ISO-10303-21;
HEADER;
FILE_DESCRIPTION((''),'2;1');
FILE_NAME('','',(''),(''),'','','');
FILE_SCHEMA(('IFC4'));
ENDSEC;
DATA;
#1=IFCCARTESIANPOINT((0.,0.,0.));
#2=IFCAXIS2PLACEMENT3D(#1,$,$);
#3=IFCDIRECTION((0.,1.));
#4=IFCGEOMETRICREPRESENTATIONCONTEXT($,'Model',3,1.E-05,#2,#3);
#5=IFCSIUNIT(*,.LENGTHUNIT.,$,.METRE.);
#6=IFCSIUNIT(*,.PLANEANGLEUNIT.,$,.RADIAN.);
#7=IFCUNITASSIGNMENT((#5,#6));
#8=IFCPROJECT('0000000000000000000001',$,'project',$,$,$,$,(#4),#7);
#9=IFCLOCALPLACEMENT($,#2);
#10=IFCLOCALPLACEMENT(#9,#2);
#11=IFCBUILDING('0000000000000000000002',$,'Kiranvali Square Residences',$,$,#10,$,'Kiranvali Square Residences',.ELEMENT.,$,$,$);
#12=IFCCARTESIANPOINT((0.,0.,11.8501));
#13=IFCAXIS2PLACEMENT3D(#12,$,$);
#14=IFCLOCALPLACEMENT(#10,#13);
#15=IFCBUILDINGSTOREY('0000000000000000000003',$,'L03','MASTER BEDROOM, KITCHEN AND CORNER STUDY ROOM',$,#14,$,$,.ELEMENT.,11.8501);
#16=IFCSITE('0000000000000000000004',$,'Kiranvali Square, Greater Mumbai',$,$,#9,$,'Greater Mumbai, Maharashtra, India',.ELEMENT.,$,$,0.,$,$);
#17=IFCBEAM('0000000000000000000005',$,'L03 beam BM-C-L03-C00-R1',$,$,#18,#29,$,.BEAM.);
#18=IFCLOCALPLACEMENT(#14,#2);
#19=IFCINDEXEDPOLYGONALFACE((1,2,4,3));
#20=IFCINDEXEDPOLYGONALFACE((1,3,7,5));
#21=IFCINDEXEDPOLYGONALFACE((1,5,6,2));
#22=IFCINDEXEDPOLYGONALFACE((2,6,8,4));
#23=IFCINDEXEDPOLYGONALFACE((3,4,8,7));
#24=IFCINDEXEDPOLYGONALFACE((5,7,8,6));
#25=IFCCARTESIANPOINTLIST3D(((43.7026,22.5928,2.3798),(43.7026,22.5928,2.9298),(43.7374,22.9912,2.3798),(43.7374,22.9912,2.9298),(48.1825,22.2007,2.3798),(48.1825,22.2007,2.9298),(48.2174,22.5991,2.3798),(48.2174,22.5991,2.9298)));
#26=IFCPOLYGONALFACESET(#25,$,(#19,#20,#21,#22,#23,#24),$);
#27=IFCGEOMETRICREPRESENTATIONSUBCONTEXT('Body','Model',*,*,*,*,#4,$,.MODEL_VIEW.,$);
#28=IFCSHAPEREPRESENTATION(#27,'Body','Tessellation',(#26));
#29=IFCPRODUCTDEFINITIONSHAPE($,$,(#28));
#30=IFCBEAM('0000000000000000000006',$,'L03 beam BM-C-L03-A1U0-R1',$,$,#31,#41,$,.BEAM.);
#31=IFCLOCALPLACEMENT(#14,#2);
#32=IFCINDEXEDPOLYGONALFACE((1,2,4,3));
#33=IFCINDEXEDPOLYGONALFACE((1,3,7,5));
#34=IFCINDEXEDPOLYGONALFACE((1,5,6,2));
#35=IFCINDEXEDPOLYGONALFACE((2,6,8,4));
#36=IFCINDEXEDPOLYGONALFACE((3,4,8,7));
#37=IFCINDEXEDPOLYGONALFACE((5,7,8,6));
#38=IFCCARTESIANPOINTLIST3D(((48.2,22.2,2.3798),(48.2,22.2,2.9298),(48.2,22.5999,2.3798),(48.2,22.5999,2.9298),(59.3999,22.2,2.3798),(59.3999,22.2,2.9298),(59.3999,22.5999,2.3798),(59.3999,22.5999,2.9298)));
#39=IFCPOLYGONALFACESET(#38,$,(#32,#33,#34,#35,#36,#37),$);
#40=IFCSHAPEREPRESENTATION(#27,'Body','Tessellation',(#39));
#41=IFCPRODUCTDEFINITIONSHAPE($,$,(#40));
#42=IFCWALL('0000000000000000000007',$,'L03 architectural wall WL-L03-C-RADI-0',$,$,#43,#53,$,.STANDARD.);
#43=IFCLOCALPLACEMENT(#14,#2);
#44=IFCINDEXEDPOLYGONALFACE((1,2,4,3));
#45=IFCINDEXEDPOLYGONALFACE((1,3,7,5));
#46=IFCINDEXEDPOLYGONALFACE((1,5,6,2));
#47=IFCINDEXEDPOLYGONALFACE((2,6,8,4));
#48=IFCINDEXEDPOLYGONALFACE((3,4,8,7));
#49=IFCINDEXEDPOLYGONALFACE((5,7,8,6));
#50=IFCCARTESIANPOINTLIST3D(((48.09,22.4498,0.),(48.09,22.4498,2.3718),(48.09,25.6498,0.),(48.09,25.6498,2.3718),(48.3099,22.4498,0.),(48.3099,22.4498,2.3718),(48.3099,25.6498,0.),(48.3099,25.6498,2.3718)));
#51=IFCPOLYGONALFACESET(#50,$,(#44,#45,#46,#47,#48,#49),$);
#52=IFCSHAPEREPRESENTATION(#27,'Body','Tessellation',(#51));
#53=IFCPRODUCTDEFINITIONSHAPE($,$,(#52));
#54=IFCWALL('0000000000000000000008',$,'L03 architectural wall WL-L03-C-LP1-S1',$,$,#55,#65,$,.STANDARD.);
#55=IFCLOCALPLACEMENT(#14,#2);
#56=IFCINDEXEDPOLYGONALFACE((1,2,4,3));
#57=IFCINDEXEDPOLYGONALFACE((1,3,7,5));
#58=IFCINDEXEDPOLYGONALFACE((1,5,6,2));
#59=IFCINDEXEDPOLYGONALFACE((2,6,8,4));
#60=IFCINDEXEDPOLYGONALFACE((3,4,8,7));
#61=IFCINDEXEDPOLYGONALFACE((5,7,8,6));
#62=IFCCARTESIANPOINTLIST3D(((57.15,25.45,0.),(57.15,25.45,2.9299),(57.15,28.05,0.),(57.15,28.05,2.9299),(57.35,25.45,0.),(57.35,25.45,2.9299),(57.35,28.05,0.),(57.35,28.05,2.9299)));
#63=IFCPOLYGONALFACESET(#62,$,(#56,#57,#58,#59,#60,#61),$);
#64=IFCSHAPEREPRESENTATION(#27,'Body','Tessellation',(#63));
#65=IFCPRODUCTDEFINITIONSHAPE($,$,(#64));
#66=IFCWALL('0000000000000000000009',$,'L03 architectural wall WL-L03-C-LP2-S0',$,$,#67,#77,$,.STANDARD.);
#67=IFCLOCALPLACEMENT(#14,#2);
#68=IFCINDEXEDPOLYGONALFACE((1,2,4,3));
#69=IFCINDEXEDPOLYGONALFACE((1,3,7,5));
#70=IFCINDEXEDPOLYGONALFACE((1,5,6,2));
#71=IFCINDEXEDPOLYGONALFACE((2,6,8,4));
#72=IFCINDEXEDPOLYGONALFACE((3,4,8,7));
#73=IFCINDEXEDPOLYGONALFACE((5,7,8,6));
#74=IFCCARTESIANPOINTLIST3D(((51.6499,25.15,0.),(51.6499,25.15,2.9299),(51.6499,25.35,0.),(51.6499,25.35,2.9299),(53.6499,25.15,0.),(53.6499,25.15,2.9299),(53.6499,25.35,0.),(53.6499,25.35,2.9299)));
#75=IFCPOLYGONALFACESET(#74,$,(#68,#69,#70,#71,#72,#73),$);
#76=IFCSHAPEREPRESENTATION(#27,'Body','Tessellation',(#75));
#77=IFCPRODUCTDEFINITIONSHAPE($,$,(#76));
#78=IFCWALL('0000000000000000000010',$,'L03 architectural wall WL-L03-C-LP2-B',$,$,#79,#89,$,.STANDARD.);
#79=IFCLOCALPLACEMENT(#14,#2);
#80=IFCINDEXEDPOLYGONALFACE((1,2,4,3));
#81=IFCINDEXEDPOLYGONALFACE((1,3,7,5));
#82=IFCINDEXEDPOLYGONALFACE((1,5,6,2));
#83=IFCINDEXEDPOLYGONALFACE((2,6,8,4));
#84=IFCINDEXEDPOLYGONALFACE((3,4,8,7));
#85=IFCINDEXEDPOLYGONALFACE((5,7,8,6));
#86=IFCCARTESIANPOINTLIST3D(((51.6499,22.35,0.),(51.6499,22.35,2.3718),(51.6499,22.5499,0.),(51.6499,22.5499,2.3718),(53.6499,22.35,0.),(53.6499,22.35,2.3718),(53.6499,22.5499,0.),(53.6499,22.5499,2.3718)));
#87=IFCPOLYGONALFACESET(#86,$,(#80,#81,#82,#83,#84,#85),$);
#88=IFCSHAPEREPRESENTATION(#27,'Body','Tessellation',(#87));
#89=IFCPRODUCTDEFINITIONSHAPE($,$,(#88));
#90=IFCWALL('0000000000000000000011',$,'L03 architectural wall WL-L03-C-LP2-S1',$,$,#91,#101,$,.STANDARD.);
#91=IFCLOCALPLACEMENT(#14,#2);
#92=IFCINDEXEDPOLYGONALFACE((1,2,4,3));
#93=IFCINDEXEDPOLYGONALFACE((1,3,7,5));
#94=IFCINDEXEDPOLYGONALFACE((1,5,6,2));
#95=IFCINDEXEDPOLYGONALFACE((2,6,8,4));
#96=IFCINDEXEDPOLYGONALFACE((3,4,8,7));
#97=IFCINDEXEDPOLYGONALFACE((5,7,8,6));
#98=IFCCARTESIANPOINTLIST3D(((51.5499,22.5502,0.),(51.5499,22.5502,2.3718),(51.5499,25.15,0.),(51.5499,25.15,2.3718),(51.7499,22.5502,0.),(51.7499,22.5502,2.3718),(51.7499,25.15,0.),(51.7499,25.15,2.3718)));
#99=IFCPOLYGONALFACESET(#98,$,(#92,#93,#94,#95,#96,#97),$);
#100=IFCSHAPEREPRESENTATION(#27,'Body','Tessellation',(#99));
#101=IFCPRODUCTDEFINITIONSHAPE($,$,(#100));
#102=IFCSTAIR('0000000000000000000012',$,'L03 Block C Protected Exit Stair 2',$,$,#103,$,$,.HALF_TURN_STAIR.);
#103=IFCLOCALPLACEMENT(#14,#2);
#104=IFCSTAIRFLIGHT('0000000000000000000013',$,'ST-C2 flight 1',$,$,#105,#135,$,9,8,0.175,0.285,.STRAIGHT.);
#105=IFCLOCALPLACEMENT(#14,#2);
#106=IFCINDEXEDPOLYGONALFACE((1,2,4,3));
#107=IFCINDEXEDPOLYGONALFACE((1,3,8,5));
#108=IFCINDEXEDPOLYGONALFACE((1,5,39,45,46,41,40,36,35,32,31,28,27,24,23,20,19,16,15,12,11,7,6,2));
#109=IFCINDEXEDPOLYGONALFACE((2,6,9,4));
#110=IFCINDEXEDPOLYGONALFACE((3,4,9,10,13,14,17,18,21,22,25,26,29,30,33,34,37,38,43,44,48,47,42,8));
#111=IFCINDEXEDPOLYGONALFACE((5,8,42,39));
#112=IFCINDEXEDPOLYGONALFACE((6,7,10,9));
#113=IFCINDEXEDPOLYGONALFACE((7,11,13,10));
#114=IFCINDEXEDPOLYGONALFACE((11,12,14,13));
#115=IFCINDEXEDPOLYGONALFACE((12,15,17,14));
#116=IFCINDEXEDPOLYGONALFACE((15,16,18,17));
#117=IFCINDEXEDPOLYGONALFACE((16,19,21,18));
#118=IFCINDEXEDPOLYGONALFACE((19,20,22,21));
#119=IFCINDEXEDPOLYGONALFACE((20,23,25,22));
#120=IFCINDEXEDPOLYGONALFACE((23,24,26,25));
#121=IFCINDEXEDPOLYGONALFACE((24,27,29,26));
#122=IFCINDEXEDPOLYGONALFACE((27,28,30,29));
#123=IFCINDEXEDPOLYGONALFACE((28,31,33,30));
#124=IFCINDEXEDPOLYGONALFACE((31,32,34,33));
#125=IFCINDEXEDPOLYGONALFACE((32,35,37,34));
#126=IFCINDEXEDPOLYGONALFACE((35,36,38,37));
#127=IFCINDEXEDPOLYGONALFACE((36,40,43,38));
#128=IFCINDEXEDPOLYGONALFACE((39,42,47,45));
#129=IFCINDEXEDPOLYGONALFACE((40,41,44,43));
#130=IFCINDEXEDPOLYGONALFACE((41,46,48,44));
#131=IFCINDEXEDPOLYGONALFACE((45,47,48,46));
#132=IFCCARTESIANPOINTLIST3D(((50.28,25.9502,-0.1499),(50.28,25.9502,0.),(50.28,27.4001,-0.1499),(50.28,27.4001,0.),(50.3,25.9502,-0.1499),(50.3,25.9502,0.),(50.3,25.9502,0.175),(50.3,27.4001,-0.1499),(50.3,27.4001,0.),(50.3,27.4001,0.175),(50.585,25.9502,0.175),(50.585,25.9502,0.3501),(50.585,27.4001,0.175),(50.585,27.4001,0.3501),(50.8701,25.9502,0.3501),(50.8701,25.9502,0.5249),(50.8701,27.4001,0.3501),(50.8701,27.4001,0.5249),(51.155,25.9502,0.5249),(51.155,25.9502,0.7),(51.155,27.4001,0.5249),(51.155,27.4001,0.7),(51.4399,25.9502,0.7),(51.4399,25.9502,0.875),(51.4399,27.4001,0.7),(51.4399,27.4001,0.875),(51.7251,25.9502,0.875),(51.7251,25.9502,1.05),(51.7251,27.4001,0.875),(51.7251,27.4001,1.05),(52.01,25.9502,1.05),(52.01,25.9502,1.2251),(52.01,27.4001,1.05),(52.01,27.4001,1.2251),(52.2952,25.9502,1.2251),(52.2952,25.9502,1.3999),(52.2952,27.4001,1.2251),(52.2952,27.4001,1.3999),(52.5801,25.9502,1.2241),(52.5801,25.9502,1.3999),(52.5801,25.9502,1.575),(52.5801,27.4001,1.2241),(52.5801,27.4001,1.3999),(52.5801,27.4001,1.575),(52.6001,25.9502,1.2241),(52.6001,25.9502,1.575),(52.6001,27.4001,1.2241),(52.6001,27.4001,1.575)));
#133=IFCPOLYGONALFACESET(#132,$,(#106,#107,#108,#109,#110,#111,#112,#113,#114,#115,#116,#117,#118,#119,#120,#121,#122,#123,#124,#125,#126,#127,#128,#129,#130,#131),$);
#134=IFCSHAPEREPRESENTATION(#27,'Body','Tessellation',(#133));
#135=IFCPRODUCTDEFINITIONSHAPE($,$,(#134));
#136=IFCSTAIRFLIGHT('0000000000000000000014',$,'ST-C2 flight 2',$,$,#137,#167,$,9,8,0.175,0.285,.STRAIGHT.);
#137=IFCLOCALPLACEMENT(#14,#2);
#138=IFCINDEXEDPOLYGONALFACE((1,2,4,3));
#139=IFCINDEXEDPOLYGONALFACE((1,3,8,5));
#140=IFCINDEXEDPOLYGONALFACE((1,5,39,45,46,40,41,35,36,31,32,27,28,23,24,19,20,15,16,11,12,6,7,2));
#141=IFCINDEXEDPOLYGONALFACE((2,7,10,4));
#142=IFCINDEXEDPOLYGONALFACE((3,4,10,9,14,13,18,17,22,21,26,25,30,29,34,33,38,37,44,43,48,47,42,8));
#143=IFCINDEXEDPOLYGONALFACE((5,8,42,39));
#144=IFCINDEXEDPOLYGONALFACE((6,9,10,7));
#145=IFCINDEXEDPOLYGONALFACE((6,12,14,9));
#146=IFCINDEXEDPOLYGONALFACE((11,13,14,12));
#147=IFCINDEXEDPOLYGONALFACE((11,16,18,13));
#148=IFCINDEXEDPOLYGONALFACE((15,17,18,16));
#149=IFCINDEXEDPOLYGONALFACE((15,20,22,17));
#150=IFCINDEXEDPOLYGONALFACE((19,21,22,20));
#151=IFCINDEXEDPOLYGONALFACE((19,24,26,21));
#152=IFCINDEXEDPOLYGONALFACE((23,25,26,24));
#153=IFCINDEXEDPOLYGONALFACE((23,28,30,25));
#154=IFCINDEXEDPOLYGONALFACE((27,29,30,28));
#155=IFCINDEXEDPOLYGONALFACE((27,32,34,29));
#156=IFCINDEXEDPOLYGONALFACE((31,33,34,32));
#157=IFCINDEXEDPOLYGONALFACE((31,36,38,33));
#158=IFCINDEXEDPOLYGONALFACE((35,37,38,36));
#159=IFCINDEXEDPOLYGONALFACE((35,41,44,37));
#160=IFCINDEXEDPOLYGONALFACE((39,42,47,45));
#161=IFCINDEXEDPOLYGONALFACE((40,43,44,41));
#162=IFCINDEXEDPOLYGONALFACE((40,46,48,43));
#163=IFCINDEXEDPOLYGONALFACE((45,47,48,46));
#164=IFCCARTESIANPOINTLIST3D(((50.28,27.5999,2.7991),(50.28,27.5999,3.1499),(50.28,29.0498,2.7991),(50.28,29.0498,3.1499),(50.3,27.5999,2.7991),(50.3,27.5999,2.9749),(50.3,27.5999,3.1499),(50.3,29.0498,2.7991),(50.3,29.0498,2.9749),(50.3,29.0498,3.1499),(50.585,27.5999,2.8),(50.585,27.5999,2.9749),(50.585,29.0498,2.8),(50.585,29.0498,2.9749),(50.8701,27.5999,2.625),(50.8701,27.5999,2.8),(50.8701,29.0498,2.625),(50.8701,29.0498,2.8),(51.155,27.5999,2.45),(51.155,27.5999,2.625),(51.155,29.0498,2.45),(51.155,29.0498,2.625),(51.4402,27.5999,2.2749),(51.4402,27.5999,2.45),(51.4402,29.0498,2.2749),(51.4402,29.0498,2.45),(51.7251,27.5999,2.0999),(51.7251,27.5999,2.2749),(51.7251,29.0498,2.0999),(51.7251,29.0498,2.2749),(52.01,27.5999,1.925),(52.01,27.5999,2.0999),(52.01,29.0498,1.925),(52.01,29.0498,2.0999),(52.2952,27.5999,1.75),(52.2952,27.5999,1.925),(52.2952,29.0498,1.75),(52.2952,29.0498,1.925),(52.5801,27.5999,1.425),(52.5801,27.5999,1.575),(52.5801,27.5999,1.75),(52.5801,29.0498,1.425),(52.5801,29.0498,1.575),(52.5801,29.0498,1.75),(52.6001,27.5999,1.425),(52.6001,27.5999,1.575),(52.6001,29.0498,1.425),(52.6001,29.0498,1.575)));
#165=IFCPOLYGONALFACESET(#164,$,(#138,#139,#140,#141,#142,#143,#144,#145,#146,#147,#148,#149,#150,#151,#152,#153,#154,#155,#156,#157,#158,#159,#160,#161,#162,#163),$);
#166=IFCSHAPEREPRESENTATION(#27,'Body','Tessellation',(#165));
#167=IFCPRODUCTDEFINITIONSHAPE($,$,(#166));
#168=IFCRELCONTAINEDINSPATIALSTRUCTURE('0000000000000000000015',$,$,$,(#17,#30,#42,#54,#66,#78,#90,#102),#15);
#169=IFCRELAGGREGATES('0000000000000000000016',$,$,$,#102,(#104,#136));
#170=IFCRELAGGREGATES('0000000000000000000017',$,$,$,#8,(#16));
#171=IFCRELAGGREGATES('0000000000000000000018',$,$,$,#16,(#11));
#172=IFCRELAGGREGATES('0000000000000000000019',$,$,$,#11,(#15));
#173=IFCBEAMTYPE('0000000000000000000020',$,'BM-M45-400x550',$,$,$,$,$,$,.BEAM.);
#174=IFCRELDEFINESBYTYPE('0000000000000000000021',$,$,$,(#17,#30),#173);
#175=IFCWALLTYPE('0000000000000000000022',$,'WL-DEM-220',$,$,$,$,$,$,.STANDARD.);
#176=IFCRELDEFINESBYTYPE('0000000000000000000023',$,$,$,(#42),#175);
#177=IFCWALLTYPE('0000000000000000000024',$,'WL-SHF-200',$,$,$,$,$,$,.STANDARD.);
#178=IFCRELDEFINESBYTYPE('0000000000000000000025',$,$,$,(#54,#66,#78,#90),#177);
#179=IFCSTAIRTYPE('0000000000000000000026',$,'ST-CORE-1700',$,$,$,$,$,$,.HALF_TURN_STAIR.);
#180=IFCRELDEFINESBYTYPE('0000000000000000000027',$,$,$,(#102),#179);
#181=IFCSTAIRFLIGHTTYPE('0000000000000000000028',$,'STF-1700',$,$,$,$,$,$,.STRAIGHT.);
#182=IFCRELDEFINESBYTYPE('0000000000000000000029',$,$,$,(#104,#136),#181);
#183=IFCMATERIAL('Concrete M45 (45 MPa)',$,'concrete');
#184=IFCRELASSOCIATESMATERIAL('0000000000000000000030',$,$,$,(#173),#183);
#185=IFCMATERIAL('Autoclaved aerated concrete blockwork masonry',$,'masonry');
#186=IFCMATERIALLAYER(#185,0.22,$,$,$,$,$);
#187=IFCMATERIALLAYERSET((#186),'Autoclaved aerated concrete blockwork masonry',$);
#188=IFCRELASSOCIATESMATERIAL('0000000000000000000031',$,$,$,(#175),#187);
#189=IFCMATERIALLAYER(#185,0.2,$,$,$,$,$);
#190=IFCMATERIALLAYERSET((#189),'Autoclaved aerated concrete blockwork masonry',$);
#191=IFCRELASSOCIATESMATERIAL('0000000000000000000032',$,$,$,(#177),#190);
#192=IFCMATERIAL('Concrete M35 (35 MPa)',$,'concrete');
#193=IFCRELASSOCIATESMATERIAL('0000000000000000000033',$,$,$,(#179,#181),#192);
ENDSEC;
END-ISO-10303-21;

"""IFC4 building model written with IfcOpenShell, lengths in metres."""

from ifc_helpers import new_model, si_unit, direction, frame, frame_2d, origin, origin_2d, place, context, subcontext, project, spatial, polyline, rectangle, outline, extrude, material, layer, layer_set, material_profile, profile_set, type_object, element, aggregate, save


model = new_model("IFC4")

# Units and contexts
model_context = context("Model", 3, precision=1e-05, world=origin(), true_north=direction((0.0, 1.0)))
body_context = subcontext(model_context, "Body", "Model", "MODEL_VIEW")
ifc_project = project(units=[si_unit("LENGTHUNIT", "METRE"), si_unit("PLANEANGLEUNIT", "RADIAN")], contexts=[model_context])

# Site, building, storey
site_placement = place(None, origin())
site = spatial("IfcSite", under=ifc_project, at=site_placement, Name="Kiranvali Square, Greater Mumbai", LongName="Greater Mumbai, Maharashtra, India", CompositionType="ELEMENT", RefElevation=0.0)
building_placement = place(site_placement, origin())
building = spatial("IfcBuilding", under=site, at=building_placement, Name="Kiranvali Square Residences", LongName="Kiranvali Square Residences", CompositionType="ELEMENT")
storey_placement = place(building_placement, frame((0.0, 0.0, 11.8501)))
storey = spatial("IfcBuildingStorey", under=building, at=storey_placement, Name="L03", Description="MASTER BEDROOM, KITCHEN AND CORNER STUDY ROOM", CompositionType="ELEMENT", Elevation=11.8501)

# Beams
ifc_material_1 = material(Name="Concrete M45 (45 MPa)", Category="concrete")
ifc_material_profile = material_profile(ifc_material_1, rectangle(XDim=0.3999, YDim=0.55, at=origin_2d()), Name="RC 400x550")
ifc_profile_set = profile_set([ifc_material_profile], Name="Concrete M45 (45 MPa)")
beam_type = type_object("IfcBeamType", Name="BM-M45-400x550", PredefinedType="BEAM", material=ifc_profile_set)
beam_1_placement = place(storey_placement, frame((48.2, 22.3999, 2.6548), z_axis=(-0.996192, 0.087187, 0.0), x_axis=(-0.087187, -0.996192, 0.0)))
element("IfcBeam", 1, at=beam_1_placement, inside=storey, type_object=beam_type, Name="L03 beam BM-C-L03-C00-R1", PredefinedType="BEAM", context=body_context, shape_type="SweptSolid", body=[
    extrude(rectangle(XDim=0.3999, YDim=0.55, at=origin_2d()), origin(), (0.0, 0.0, 1.0), 4.4971),
])
beam_2_placement = place(storey_placement, frame((48.2, 22.3999, 2.6548), z_axis=(1.0, 0.0, 0.0), x_axis=(0.0, 1.0, 0.0)))
element("IfcBeam", 2, at=beam_2_placement, inside=storey, type_object=beam_type, Name="L03 beam BM-C-L03-A1U0-R1", PredefinedType="BEAM", context=body_context, shape_type="SweptSolid", body=[
    extrude(rectangle(XDim=0.3999, YDim=0.55, at=origin_2d()), origin(), (0.0, 0.0, 1.0), 11.2),
])

# Shared definitions
ifc_material_2 = material(Name="Autoclaved aerated concrete blockwork masonry", Category="masonry")

# Walls
ifc_layer_1 = layer(ifc_material_2, 0.22)
ifc_layer_set_1 = layer_set([ifc_layer_1], Name="Autoclaved aerated concrete blockwork masonry")
wall_type_1 = type_object("IfcWallType", Name="WL-DEM-220", PredefinedType="STANDARD", material=ifc_layer_set_1)
wall_1_placement = place(storey_placement, frame((48.2, 25.6499, 0.0), z_axis=(0.0, 0.0, 1.0), x_axis=(0.0, -1.0, 0.0)))
element("IfcWall", 3, at=wall_1_placement, inside=storey, type_object=wall_type_1, Name="L03 architectural wall WL-L03-C-RADI-0", PredefinedType="STANDARD", context=body_context, shape_type="SweptSolid", body=[
    extrude(rectangle(XDim=3.2, YDim=0.22, at=frame_2d((1.6001, 0.0))), origin(), (0.0, 0.0, 1.0), 2.3718),
])
ifc_layer_2 = layer(ifc_material_2, 0.2)
ifc_layer_set_2 = layer_set([ifc_layer_2], Name="Autoclaved aerated concrete blockwork masonry")
wall_type_2 = type_object("IfcWallType", Name="WL-SHF-200", PredefinedType="STANDARD", material=ifc_layer_set_2)
wall_2_placement = place(storey_placement, frame((57.25, 28.05, 0.0), z_axis=(0.0, 0.0, 1.0), x_axis=(0.0, -1.0, 0.0)))
element("IfcWall", 4, at=wall_2_placement, inside=storey, type_object=wall_type_2, Name="L03 architectural wall WL-L03-C-LP1-S1", PredefinedType="STANDARD", context=body_context, shape_type="SweptSolid", body=[
    extrude(rectangle(XDim=2.6001, YDim=0.2, at=frame_2d((1.3, 0.0))), origin(), (0.0, 0.0, 1.0), 2.9299),
])

# Walls
wall_3_placement = place(storey_placement, frame((51.6499, 25.25, 0.0), z_axis=(0.0, 0.0, 1.0), x_axis=(1.0, 0.0, 0.0)))
element("IfcWall", 5, at=wall_3_placement, inside=storey, type_object=wall_type_2, Name="L03 architectural wall WL-L03-C-LP2-S0", PredefinedType="STANDARD", context=body_context, shape_type="SweptSolid", body=[
    extrude(rectangle(XDim=2.0, YDim=0.2, at=frame_2d((1.0, 0.0))), origin(), (0.0, 0.0, 1.0), 2.9299),
])
wall_4_placement = place(storey_placement, frame((51.6499, 22.45, 0.0), z_axis=(0.0, 0.0, 1.0), x_axis=(1.0, 0.0, 0.0)))
element("IfcWall", 6, at=wall_4_placement, inside=storey, type_object=wall_type_2, Name="L03 architectural wall WL-L03-C-LP2-B", PredefinedType="STANDARD", context=body_context, shape_type="SweptSolid", body=[
    extrude(rectangle(XDim=2.0, YDim=0.2, at=frame_2d((1.0, 0.0))), origin(), (0.0, 0.0, 1.0), 2.3718),
])
wall_5_placement = place(storey_placement, frame((51.6499, 25.1499, 0.0), z_axis=(0.0, 0.0, 1.0), x_axis=(0.0, -1.0, 0.0)))
element("IfcWall", 7, at=wall_5_placement, inside=storey, type_object=wall_type_2, Name="L03 architectural wall WL-L03-C-LP2-S1", PredefinedType="STANDARD", context=body_context, shape_type="SweptSolid", body=[
    extrude(rectangle(XDim=2.5999, YDim=0.2, at=frame_2d((1.2998, 0.0))), origin(), (0.0, 0.0, 1.0), 2.3718),
])

# Stair, stair flights
ifc_material_3 = material(Name="Concrete M35 (35 MPa)", Category="concrete")
stair_type = type_object("IfcStairType", Name="ST-CORE-1700", PredefinedType="HALF_TURN_STAIR", material=ifc_material_3)
stair_placement = place(storey_placement, origin())
stair = element("IfcStair", 8, at=stair_placement, inside=storey, type_object=stair_type, Name="L03 Block C Protected Exit Stair 2", PredefinedType="HALF_TURN_STAIR")
stair_flight_type = type_object("IfcStairFlightType", Name="STF-1700", PredefinedType="STRAIGHT", material=ifc_material_3)
stair_flight_1_placement = place(storey_placement, frame((50.3, 26.675, 0.0), z_axis=(0.0, 0.0, 1.0), x_axis=(1.0, 0.0, 0.0)))
stair_flight_1 = element("IfcStairFlight", 9, at=stair_flight_1_placement, type_object=stair_flight_type, Name="ST-C2 flight 1", NumberOfRisers=9, NumberOfTreads=8, PredefinedType="STRAIGHT", RiserHeight=0.175, TreadLength=0.285, context=body_context, shape_type="SweptSolid", body=[
    extrude(outline(polyline([(-0.02, -0.1499), (-0.02, 0.0), (0.0, 0.0), (0.0, 0.175), (0.2849, 0.175), (0.2849, 0.3501), (0.5701, 0.3501), (0.5701, 0.5249), (0.855, 0.5249), (0.855, 0.7), (1.1399, 0.7), (1.1399, 0.875), (1.425, 0.875), (1.425, 1.05), (1.71, 1.05), (1.71, 1.2251), (1.9951, 1.2251), (1.9951, 1.3999), (2.28, 1.3999), (2.28, 1.575), (2.3, 1.575), (2.3, 1.2241), (2.28, 1.2241), (0.0, -0.1499), (-0.02, -0.1499)])), frame((0.0, 0.7251, 0.0), z_axis=(0.0, -1.0, 0.0), x_axis=(1.0, 0.0, 0.0)), (0.0, 0.0, 1.0), 1.45),
])
stair_flight_2_placement = place(storey_placement, frame((52.5801, 28.325, 1.575), z_axis=(0.0, 0.0, 1.0), x_axis=(-1.0, 0.0, 0.0)))
stair_flight_2 = element("IfcStairFlight", 10, at=stair_flight_2_placement, type_object=stair_flight_type, Name="ST-C2 flight 2", NumberOfRisers=9, NumberOfTreads=8, PredefinedType="STRAIGHT", RiserHeight=0.175, TreadLength=0.285, context=body_context, shape_type="SweptSolid", body=[
    extrude(outline(polyline([(-0.02, -0.1499), (-0.02, 0.0), (0.0, 0.0), (0.0, 0.175), (0.2849, 0.175), (0.2849, 0.3501), (0.5701, 0.3501), (0.5701, 0.5249), (0.855, 0.5249), (0.855, 0.7), (1.1399, 0.7), (1.1399, 0.875), (1.425, 0.875), (1.425, 1.05), (1.71, 1.05), (1.71, 1.2251), (1.9951, 1.2251), (1.9951, 1.3999), (2.28, 1.3999), (2.28, 1.575), (2.3, 1.575), (2.3, 1.2241), (2.28, 1.2241), (0.0, -0.1499), (-0.02, -0.1499)])), frame((0.0, 0.7251, 0.0), z_axis=(0.0, -1.0, 0.0), x_axis=(1.0, 0.0, 0.0)), (0.0, 0.0, 1.0), 1.45),
])
aggregate(stair, [stair_flight_1, stair_flight_2])

save(model, "model.ifc")
